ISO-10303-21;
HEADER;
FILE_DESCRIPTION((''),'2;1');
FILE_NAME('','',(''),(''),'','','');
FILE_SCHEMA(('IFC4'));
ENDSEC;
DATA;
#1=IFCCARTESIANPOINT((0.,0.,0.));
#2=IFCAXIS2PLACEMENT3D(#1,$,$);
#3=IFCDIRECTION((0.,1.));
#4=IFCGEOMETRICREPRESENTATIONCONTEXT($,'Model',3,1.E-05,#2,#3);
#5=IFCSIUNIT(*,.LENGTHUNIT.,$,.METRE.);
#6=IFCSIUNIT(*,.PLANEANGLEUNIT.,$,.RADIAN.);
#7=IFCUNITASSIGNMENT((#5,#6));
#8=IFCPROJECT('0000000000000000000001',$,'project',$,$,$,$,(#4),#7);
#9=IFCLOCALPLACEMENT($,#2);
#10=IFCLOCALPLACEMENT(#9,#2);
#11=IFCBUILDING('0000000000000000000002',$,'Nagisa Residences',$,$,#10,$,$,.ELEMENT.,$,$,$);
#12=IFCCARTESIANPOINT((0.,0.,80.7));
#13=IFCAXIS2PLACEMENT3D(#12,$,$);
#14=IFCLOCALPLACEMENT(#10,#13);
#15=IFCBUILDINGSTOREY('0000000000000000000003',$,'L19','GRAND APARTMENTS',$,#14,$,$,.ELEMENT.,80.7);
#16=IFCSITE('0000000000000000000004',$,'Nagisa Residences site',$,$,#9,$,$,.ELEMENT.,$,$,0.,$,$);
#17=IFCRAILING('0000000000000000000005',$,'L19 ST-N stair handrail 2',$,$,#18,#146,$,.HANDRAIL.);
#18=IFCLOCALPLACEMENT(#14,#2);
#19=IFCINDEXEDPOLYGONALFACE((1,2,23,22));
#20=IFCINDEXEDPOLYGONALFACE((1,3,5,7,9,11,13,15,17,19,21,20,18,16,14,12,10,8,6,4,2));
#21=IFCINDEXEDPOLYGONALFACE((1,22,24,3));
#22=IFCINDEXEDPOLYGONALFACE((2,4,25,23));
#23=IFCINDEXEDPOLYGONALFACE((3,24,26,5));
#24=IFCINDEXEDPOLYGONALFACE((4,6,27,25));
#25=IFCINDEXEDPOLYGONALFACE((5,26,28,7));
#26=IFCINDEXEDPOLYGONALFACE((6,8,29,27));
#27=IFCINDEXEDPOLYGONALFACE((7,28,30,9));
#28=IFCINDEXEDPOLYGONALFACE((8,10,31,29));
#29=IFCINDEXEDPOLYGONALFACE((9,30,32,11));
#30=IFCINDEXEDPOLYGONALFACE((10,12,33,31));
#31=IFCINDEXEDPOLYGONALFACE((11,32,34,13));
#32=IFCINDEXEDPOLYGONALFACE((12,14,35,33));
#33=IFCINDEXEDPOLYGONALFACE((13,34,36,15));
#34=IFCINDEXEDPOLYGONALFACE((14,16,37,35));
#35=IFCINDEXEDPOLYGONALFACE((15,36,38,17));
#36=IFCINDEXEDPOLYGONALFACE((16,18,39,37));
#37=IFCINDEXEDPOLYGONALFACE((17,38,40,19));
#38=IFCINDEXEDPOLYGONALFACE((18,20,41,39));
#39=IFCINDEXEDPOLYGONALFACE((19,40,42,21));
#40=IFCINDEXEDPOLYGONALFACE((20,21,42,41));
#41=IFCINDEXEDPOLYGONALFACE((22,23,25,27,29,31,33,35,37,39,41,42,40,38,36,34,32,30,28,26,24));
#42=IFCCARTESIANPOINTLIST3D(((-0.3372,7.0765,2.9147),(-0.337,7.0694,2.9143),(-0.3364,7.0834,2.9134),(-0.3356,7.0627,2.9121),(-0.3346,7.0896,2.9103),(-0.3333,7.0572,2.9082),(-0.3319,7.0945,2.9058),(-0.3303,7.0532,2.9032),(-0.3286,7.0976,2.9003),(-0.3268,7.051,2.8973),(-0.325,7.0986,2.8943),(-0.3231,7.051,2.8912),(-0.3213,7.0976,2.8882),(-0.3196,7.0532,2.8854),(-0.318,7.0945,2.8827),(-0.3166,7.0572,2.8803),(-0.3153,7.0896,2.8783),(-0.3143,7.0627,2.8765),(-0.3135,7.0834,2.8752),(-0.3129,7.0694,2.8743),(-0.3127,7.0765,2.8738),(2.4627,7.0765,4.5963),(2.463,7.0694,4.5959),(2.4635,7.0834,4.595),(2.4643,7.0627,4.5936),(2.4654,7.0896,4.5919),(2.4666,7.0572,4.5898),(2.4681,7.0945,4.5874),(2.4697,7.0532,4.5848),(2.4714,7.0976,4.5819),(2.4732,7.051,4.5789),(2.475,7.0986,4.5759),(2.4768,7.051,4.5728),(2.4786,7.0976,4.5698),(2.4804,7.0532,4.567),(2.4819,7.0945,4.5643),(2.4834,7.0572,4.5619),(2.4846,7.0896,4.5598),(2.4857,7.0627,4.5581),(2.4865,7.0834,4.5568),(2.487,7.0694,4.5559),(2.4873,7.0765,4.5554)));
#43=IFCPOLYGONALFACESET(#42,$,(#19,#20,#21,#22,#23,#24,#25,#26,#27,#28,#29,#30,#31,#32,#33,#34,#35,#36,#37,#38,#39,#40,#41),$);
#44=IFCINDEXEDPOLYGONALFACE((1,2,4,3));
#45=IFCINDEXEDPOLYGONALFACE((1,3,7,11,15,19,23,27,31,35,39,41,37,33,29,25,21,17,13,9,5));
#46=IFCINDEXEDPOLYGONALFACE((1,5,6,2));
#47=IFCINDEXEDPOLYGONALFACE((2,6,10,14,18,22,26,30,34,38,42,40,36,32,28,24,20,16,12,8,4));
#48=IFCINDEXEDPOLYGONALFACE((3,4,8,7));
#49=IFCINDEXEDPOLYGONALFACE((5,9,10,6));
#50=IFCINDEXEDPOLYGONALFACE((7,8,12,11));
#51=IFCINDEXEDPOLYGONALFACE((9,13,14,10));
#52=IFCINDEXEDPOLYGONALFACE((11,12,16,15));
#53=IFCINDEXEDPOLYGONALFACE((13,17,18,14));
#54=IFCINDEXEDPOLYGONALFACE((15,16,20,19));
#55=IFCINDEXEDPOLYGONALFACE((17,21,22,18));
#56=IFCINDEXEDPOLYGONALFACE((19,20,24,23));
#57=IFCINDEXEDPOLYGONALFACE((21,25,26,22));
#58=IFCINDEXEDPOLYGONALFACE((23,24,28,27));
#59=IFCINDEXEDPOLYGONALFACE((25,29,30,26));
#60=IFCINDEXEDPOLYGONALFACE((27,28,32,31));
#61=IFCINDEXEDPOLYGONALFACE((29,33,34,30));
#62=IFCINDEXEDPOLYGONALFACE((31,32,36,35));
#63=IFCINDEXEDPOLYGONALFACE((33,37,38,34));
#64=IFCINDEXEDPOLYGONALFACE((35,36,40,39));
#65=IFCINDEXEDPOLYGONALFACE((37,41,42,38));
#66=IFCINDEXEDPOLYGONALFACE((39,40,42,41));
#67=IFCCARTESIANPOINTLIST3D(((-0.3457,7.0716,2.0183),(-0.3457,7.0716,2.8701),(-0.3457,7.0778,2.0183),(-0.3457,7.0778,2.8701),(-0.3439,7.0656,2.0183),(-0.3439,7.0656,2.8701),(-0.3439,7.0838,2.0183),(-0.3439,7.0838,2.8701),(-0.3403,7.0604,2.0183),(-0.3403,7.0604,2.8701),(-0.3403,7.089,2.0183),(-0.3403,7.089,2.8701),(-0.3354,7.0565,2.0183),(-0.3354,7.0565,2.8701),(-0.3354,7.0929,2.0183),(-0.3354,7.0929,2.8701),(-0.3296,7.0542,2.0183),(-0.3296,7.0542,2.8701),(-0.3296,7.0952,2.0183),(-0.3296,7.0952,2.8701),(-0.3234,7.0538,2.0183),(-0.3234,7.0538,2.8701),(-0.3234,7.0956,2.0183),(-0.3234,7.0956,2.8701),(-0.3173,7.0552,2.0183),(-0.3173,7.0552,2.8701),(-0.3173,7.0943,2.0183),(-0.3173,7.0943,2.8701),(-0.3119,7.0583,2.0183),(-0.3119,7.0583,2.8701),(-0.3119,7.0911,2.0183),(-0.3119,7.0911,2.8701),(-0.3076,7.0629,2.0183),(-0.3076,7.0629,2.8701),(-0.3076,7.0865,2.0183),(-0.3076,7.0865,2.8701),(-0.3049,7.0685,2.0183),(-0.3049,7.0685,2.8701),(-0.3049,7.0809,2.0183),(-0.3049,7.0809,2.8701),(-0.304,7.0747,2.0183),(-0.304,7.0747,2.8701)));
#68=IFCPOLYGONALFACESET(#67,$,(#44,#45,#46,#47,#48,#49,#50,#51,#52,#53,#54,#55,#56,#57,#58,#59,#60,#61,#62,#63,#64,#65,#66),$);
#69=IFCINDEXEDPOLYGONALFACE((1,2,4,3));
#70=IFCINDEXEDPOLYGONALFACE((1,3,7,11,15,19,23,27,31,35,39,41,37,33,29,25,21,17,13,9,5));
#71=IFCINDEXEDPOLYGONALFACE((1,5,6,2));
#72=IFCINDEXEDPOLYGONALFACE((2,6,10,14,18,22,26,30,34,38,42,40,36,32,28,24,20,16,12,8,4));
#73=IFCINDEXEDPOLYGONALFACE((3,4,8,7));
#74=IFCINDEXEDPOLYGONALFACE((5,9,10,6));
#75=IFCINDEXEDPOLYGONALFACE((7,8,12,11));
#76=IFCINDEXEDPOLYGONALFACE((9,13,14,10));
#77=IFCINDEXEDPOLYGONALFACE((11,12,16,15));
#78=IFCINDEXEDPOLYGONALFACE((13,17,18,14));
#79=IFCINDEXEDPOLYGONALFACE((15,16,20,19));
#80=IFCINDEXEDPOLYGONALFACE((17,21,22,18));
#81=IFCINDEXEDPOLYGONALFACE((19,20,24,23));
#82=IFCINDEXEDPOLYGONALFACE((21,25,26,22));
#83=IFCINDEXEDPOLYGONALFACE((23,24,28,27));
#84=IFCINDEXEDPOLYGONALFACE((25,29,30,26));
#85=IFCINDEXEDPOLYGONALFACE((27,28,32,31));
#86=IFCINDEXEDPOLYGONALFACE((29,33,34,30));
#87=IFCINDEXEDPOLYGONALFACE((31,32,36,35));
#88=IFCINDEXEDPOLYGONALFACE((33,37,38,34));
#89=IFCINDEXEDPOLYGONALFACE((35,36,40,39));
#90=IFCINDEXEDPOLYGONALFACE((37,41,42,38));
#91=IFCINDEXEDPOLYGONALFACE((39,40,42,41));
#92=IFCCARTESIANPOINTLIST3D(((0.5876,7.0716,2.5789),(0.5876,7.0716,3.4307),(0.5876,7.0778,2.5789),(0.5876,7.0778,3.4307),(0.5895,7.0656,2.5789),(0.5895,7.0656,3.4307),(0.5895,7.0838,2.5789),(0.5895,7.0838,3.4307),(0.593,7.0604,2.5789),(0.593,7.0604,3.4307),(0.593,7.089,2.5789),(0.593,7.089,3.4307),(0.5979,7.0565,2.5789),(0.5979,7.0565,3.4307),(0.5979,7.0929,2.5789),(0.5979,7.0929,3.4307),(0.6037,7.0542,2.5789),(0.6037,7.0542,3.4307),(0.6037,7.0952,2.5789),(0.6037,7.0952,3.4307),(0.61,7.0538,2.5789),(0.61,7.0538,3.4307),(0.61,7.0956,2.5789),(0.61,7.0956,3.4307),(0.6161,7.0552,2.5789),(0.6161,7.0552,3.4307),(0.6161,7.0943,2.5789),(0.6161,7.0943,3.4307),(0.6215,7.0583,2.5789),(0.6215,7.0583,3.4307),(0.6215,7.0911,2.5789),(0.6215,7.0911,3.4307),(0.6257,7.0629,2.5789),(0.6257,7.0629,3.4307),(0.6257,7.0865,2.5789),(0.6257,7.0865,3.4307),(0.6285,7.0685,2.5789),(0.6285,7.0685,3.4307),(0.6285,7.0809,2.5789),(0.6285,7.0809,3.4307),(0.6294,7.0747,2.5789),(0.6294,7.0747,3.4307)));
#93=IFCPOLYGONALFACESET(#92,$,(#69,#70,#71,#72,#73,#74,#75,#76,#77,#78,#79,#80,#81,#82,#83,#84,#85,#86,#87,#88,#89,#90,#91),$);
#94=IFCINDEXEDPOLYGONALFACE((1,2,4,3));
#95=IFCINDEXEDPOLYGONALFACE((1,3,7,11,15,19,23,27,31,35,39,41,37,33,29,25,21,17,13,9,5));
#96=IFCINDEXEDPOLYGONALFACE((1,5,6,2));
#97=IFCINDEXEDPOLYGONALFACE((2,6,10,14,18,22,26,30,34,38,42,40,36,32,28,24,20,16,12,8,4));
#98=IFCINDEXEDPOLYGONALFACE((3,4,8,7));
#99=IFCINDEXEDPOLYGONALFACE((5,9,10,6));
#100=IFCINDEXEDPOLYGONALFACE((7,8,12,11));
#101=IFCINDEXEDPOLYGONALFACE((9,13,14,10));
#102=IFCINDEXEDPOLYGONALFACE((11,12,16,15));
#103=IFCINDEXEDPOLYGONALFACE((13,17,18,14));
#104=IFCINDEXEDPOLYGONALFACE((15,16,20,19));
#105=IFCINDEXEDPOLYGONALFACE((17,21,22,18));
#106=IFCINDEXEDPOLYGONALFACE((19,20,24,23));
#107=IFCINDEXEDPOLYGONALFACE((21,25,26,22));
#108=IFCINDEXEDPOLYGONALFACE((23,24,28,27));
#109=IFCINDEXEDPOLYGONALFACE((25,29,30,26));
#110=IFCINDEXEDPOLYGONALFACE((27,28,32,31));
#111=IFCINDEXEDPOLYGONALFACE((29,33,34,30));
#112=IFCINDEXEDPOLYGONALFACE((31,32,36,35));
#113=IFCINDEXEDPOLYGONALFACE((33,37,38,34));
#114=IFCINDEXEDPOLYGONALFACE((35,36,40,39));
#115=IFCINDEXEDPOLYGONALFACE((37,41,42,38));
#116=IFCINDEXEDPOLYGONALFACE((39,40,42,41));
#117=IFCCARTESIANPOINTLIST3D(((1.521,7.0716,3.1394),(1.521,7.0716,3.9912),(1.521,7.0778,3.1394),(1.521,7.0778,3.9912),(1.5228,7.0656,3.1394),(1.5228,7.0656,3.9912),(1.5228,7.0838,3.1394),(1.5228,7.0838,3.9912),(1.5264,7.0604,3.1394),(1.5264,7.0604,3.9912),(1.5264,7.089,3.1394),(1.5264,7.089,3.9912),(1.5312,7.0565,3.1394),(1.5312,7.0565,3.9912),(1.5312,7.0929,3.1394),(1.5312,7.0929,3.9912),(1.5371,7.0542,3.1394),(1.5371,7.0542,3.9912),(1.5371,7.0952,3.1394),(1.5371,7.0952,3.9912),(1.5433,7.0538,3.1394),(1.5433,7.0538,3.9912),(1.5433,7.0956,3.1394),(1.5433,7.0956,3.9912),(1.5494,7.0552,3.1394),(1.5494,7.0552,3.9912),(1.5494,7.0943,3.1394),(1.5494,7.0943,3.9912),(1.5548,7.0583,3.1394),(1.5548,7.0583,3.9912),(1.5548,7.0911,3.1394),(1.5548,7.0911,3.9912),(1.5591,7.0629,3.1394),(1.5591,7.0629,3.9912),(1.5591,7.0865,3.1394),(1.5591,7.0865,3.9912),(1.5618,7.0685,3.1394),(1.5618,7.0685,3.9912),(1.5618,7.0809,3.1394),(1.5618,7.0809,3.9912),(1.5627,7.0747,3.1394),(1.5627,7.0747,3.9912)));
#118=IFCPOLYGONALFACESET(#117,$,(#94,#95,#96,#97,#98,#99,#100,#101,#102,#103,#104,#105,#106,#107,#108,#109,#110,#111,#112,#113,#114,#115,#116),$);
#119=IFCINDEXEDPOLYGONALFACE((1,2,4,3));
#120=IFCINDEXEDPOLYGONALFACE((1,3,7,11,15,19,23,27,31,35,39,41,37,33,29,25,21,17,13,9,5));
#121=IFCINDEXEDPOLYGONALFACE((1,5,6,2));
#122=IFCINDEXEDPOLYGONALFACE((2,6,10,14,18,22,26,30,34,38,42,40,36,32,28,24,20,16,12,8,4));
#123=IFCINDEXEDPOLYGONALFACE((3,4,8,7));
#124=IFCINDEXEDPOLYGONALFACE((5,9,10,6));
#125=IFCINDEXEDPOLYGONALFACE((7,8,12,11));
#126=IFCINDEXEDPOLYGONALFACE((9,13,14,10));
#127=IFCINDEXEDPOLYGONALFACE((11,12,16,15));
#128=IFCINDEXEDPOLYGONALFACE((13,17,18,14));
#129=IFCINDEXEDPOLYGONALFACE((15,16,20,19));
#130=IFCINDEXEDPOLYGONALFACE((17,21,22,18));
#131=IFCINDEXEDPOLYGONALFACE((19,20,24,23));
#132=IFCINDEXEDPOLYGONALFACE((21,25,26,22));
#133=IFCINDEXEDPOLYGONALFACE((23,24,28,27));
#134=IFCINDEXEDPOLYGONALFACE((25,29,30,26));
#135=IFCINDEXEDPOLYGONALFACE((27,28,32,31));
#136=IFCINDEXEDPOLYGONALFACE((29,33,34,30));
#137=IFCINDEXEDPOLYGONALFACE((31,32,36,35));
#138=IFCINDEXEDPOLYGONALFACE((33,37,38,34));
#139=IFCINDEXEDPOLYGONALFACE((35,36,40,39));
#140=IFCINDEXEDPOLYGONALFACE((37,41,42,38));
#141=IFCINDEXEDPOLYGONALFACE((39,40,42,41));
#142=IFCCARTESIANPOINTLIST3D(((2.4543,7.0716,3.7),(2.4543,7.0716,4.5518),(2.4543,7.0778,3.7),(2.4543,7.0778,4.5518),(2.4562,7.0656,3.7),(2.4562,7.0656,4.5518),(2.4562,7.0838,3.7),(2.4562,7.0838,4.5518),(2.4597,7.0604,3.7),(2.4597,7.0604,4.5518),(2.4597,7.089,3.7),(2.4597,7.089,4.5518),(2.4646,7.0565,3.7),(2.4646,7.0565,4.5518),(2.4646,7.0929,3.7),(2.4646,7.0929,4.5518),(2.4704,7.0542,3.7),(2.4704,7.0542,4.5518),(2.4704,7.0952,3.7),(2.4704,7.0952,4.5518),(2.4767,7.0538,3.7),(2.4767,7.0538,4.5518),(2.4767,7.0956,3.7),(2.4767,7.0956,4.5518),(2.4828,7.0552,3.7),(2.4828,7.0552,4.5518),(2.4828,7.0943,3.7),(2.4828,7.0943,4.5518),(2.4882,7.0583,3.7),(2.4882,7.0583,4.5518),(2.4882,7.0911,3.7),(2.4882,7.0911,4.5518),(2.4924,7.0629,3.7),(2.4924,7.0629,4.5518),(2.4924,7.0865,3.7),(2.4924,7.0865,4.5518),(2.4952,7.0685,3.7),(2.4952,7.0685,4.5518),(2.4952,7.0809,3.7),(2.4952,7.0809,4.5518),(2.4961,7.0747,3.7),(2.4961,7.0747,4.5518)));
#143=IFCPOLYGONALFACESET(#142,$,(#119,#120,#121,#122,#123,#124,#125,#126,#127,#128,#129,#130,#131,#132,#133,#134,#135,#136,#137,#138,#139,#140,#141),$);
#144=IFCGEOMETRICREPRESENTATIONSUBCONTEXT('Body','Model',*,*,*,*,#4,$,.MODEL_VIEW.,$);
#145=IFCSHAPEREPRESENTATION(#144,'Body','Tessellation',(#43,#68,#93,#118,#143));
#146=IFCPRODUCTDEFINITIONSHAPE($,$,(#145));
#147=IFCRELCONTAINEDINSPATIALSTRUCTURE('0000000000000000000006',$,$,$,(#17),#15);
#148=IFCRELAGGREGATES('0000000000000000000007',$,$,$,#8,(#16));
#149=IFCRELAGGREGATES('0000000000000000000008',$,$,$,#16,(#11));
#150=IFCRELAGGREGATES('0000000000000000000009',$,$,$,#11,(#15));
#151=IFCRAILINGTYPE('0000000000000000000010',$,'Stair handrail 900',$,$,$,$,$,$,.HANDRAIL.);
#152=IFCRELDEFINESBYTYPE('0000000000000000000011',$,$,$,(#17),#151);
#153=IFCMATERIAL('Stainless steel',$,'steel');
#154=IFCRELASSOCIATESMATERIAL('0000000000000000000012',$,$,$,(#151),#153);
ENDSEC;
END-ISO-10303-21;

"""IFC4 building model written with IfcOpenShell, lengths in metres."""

from ifc_helpers import new_model, si_unit, direction, frame, origin, origin_2d, place, context, subcontext, project, spatial, circle, extrude, material, type_object, element, save


model = new_model("IFC4")

# Units and contexts
model_context = context("Model", 3, precision=1e-05, world=origin(), true_north=direction((0.0, 1.0)))
body_context = subcontext(model_context, "Body", "Model", "MODEL_VIEW")
ifc_project = project(units=[si_unit("LENGTHUNIT", "METRE"), si_unit("PLANEANGLEUNIT", "RADIAN")], contexts=[model_context])

# Site, building, storey
site_placement = place(None, origin())
site = spatial("IfcSite", under=ifc_project, at=site_placement, Name="Nagisa Residences site", CompositionType="ELEMENT", RefElevation=0.0)
building_placement = place(site_placement, origin())
building = spatial("IfcBuilding", under=site, at=building_placement, Name="Nagisa Residences", CompositionType="ELEMENT")
storey_placement = place(building_placement, frame((0.0, 0.0, 80.7)))
storey = spatial("IfcBuildingStorey", under=building, at=storey_placement, Name="L19", Description="GRAND APARTMENTS", CompositionType="ELEMENT", Elevation=80.7)

# Railing
ifc_material_1 = material(Name="Stainless steel", Category="steel")
railing_type_1 = type_object("IfcRailingType", Name="Stair handrail 900", PredefinedType="HANDRAIL", material=ifc_material_1)
railing_1_placement = place(storey_placement, frame((-0.325, 7.0747, 2.0183)))
element("IfcRailing", 1, at=railing_1_placement, inside=storey, type_object=railing_type_1, Name="L19 ST-N stair handrail 2", PredefinedType="HANDRAIL", context=body_context, shape_type="SweptSolid", body=[
    extrude(circle(Radius=0.0239, at=origin_2d()), frame((0.0, 0.0, 0.876), z_axis=(0.857275, 0.0, 0.514858), x_axis=(0.0, 1.0, 0.0)), (0.0, 0.0, 1.0), 3.2661),
    extrude(circle(Radius=0.021, at=origin_2d()), origin(), (0.0, 0.0, 1.0), 0.8518),
    extrude(circle(Radius=0.021, at=origin_2d()), frame((0.9333, 0.0, 0.5605)), (0.0, 0.0, 1.0), 0.8518),
    extrude(circle(Radius=0.021, at=origin_2d()), frame((1.8667, 0.0, 1.1211)), (0.0, 0.0, 1.0), 0.8518),
    extrude(circle(Radius=0.021, at=origin_2d()), frame((2.8, 0.0, 1.6816)), (0.0, 0.0, 1.0), 0.8518),
])

save(model, "model.ifc")
